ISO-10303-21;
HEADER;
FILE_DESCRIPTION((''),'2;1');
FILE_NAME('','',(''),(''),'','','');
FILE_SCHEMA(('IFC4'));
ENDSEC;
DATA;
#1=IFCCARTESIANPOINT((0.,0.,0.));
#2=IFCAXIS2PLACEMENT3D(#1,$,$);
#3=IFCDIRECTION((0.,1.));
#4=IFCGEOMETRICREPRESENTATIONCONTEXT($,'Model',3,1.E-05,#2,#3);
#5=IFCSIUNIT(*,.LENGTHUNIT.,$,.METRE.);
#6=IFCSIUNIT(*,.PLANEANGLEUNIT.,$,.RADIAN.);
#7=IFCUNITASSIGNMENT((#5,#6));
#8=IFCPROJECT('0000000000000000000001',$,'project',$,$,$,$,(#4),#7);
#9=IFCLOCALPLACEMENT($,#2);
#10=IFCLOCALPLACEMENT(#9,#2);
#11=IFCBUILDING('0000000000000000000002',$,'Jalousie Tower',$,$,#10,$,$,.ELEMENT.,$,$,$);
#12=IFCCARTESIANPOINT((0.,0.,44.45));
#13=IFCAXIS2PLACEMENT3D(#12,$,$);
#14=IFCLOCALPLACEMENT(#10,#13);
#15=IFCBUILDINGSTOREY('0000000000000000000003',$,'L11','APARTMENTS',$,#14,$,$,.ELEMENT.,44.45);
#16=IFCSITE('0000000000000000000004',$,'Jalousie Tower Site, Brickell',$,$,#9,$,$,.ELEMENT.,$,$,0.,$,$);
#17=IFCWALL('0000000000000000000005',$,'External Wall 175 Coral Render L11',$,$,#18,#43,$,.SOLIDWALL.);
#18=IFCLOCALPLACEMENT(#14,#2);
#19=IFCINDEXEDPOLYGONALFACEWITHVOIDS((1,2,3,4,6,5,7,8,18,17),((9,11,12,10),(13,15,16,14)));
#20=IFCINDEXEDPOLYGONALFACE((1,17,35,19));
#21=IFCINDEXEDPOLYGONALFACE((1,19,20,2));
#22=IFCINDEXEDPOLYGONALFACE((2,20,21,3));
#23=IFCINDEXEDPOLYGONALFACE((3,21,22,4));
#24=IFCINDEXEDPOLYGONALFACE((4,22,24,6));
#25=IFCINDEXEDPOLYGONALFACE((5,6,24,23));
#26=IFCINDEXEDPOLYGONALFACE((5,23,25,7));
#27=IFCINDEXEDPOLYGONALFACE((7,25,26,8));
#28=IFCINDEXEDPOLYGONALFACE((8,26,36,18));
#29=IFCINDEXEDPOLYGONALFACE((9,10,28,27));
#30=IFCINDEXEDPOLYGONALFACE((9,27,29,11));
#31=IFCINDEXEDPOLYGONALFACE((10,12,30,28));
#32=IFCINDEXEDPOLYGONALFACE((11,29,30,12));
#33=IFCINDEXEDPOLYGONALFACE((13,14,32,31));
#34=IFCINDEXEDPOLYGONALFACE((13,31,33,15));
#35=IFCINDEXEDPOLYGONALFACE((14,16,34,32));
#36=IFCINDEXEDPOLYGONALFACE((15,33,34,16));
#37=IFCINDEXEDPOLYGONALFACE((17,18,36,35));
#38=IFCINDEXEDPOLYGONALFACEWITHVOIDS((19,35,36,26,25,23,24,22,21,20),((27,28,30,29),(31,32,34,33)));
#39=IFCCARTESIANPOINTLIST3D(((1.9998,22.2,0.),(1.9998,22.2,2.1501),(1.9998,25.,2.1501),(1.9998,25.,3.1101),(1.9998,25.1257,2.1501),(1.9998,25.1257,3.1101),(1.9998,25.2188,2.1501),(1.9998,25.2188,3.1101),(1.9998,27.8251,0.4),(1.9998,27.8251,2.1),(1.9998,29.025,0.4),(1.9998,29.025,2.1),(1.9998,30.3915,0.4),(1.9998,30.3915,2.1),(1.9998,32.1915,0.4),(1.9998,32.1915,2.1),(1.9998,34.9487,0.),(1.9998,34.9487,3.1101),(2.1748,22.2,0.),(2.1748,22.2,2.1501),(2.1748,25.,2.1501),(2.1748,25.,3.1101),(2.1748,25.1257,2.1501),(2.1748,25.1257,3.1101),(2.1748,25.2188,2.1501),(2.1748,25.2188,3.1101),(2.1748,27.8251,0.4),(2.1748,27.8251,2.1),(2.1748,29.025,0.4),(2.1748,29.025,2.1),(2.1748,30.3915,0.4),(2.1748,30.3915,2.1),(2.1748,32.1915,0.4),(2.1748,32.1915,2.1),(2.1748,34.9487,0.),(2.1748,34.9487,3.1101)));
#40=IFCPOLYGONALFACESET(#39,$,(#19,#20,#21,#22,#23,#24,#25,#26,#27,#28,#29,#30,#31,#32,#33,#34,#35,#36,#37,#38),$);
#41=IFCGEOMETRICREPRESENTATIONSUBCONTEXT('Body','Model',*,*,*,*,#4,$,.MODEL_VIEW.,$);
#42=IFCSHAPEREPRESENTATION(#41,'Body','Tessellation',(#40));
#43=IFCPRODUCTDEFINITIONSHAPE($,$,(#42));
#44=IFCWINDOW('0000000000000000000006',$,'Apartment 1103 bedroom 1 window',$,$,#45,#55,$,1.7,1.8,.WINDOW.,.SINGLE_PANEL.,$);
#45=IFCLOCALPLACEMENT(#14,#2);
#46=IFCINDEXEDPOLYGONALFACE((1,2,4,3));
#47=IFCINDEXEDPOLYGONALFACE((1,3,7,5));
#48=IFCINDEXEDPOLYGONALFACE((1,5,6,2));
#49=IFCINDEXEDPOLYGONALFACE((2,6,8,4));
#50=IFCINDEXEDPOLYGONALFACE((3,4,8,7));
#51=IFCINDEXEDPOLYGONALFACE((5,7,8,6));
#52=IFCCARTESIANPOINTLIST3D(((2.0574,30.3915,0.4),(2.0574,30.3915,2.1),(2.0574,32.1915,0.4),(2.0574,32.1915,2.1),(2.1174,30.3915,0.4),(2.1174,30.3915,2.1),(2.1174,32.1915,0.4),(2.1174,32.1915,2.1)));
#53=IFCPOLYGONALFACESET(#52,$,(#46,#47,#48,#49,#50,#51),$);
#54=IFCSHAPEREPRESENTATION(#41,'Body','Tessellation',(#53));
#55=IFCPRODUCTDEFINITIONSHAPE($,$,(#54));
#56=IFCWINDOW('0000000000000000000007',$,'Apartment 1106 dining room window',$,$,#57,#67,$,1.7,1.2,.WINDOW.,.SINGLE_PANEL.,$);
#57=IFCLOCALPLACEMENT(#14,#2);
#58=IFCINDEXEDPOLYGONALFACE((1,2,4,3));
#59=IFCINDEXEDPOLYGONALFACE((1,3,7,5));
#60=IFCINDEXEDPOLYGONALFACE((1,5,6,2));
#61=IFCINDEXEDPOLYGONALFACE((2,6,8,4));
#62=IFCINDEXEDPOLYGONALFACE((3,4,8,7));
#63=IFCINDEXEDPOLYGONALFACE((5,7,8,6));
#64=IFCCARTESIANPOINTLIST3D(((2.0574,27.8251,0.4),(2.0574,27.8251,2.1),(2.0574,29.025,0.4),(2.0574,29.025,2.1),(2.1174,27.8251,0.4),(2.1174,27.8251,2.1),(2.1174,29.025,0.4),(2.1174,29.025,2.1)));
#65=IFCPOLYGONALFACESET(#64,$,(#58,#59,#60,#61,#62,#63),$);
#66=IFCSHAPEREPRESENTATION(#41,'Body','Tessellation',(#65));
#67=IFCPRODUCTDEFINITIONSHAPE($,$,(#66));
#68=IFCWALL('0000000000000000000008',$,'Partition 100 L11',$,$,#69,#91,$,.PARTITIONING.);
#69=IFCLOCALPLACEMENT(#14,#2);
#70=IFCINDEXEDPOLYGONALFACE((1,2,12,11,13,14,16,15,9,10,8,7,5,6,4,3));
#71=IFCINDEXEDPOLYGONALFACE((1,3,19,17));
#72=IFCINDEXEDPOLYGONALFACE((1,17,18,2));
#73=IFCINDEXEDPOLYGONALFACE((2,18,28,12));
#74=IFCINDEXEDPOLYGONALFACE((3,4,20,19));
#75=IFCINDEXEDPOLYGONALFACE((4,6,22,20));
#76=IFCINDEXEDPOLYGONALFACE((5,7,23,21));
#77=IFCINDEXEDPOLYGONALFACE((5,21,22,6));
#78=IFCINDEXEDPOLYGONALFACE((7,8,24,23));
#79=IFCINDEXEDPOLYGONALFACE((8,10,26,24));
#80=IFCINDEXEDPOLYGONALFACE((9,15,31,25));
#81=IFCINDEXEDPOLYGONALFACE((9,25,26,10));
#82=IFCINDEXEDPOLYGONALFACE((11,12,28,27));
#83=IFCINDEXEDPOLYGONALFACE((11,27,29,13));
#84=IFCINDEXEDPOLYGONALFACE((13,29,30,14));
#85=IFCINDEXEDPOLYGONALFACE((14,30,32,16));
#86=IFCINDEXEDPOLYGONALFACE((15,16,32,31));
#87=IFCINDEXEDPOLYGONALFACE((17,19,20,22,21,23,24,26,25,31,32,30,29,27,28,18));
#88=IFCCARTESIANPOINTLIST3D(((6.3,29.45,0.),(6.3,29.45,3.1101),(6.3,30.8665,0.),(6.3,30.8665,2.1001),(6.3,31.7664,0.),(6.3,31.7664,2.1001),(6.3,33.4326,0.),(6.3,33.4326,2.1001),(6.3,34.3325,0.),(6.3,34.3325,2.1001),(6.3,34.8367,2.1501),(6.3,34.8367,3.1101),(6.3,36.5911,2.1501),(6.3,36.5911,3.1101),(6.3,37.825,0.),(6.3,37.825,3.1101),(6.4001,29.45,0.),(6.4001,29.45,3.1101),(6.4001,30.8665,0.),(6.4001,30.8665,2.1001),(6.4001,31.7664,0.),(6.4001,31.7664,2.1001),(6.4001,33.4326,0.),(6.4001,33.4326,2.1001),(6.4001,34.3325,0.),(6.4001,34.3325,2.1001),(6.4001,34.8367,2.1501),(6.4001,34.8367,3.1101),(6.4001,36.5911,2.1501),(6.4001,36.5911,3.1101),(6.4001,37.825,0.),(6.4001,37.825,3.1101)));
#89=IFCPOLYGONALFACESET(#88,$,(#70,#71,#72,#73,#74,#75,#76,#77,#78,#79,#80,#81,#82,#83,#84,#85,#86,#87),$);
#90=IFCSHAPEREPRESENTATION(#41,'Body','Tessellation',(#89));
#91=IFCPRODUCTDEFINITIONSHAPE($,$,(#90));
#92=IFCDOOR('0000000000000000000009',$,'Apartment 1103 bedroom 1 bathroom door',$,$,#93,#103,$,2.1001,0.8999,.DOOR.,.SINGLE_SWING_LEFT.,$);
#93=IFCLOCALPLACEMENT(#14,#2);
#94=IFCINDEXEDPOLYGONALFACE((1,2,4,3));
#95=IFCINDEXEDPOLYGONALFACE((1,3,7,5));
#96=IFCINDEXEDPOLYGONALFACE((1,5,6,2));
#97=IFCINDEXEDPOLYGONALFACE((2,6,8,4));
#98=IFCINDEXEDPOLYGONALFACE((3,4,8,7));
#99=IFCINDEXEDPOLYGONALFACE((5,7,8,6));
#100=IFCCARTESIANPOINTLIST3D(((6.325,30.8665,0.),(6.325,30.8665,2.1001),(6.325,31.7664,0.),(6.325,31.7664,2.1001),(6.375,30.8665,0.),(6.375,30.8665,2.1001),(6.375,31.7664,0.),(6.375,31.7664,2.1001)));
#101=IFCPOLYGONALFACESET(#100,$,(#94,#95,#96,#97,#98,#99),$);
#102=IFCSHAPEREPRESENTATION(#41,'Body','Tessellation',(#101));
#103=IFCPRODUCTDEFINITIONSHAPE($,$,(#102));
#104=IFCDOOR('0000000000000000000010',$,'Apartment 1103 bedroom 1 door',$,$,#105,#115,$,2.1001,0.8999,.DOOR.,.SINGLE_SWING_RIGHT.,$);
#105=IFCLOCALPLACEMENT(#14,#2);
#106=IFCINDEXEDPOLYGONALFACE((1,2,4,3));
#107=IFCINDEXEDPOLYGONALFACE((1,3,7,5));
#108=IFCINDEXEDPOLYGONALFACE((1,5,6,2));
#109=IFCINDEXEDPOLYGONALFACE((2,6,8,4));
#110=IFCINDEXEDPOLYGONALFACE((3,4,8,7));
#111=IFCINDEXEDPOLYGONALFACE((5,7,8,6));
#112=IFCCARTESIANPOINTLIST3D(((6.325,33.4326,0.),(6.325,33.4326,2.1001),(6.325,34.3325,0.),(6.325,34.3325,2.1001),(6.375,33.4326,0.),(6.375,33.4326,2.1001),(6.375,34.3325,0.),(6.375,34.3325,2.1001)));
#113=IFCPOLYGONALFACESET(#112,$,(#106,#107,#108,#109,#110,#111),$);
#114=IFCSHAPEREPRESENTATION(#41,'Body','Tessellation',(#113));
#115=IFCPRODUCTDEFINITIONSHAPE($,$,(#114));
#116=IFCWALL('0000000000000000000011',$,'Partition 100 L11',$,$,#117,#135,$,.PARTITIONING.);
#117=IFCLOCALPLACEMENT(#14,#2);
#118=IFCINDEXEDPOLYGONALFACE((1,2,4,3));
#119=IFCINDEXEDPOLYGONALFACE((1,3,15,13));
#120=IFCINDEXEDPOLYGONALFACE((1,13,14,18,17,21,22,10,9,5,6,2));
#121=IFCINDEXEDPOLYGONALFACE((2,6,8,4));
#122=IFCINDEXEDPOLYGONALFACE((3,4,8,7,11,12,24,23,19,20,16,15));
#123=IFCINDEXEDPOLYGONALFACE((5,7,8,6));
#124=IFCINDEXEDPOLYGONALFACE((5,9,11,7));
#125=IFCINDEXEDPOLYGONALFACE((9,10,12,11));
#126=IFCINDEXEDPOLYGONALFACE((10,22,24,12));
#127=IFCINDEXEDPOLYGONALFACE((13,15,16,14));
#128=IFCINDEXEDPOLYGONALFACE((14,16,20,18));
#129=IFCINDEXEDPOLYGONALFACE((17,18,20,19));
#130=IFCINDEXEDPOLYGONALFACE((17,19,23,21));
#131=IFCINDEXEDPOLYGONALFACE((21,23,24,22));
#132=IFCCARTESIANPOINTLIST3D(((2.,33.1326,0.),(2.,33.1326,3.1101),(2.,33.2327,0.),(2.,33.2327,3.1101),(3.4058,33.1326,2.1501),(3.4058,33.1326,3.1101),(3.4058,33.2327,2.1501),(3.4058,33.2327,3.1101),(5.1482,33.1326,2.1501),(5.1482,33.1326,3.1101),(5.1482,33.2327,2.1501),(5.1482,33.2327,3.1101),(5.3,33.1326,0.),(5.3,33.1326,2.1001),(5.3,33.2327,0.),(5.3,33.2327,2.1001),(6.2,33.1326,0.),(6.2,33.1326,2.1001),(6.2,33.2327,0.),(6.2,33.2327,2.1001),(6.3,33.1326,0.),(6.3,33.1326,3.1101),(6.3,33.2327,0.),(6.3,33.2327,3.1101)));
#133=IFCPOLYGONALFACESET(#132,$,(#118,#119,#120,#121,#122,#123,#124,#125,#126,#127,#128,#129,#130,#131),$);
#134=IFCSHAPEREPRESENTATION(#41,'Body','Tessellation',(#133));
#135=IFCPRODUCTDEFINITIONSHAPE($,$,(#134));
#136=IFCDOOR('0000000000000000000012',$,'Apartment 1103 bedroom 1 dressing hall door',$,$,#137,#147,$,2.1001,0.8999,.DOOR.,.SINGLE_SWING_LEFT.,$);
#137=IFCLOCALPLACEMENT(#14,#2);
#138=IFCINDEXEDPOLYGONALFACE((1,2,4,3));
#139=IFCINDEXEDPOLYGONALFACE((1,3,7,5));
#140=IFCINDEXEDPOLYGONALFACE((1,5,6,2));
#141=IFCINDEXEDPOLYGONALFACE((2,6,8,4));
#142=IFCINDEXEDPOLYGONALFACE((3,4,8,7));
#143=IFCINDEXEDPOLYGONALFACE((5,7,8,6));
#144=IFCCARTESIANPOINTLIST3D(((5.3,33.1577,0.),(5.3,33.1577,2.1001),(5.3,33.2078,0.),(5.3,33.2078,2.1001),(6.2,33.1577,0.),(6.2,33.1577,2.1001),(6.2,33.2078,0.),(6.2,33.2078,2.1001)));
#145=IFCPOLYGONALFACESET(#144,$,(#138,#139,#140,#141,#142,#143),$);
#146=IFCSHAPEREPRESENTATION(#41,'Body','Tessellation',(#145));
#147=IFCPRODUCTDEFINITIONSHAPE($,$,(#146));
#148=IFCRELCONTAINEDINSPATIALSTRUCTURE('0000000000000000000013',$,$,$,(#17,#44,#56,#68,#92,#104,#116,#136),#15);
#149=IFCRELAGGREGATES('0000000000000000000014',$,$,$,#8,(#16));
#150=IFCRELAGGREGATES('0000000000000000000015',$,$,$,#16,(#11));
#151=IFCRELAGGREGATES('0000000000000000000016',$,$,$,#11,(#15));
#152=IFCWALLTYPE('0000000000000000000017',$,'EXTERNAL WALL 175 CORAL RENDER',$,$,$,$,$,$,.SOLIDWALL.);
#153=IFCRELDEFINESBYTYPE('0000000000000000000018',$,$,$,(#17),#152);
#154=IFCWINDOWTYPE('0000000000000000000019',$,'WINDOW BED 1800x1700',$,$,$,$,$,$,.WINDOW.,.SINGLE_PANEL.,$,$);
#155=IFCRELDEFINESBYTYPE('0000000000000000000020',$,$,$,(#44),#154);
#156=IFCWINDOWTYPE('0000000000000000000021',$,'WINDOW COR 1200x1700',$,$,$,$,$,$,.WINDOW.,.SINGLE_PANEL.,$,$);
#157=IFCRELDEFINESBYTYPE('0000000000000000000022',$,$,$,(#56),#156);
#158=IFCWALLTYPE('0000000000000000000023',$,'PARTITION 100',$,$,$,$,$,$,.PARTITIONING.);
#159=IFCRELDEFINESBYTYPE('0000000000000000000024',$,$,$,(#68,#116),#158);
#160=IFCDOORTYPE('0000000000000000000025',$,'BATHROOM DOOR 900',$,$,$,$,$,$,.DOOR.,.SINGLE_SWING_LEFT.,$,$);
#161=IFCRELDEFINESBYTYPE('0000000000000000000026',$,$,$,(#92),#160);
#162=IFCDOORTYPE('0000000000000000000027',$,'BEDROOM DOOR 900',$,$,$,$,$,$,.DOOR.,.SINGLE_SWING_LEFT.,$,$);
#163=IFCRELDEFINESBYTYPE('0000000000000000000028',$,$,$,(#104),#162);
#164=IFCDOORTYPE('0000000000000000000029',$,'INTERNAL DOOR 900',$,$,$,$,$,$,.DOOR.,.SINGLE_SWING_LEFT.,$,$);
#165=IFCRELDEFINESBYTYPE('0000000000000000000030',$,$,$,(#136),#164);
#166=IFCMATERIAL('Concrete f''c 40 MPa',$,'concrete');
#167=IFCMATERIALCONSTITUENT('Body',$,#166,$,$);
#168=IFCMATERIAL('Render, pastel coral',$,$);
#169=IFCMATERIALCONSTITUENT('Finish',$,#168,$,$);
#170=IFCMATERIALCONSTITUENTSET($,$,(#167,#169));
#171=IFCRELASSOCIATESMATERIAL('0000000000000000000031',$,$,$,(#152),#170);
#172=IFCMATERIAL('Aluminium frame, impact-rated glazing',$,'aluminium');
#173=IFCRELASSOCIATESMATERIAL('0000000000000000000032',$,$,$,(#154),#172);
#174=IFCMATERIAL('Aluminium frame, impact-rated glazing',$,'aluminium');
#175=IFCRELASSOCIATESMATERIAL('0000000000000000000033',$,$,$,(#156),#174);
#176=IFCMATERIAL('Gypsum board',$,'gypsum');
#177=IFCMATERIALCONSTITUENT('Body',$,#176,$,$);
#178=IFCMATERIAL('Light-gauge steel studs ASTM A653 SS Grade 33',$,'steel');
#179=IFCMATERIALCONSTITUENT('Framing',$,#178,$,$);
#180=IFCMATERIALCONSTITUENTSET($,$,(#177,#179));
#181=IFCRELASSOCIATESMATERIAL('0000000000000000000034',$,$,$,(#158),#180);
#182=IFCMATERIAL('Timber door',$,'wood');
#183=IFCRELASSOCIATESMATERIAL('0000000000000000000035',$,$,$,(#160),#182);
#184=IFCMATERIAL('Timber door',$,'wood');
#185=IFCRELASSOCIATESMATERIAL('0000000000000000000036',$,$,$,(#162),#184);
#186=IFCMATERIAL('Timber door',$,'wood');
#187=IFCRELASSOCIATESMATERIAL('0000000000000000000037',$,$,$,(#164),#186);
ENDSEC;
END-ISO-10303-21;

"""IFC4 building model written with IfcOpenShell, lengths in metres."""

from ifc_helpers import new_model, si_unit, direction, frame, frame_2d, origin, place, context, subcontext, project, spatial, polyline, rectangle, outline, extrude, material, constituent, constituent_set, type_object, element, fill, save


model = new_model("IFC4")

# Units and contexts
model_context = context("Model", 3, precision=1e-05, world=origin(), true_north=direction((0.0, 1.0)))
body_context = subcontext(model_context, "Body", "Model", "MODEL_VIEW")
ifc_project = project(units=[si_unit("LENGTHUNIT", "METRE"), si_unit("PLANEANGLEUNIT", "RADIAN")], contexts=[model_context])

# Site, building, storey
site_placement = place(None, origin())
site = spatial("IfcSite", under=ifc_project, at=site_placement, Name="Jalousie Tower Site, Brickell", CompositionType="ELEMENT", RefElevation=0.0)
building_placement = place(site_placement, origin())
building = spatial("IfcBuilding", under=site, at=building_placement, Name="Jalousie Tower", CompositionType="ELEMENT")
storey_placement = place(building_placement, frame((0.0, 0.0, 44.45)))
storey = spatial("IfcBuildingStorey", under=building, at=storey_placement, Name="L11", Description="APARTMENTS", CompositionType="ELEMENT", Elevation=44.45)

# Wall, openings, windows
ifc_material_1 = material(Name="Concrete f'c 40 MPa", Category="concrete")
ifc_constituent_1 = constituent(ifc_material_1, Name="Body")
ifc_material_2 = material(Name="Render, pastel coral")
ifc_constituent_2 = constituent(ifc_material_2, Name="Finish")
ifc_constituent_set_1 = constituent_set(constituents=[ifc_constituent_1, ifc_constituent_2])
wall_type_1 = type_object("IfcWallType", Name="EXTERNAL WALL 175 CORAL RENDER", PredefinedType="SOLIDWALL", material=ifc_constituent_set_1)
wall_1_placement = place(storey_placement, frame((2.0874, 34.9487, 0.0), z_axis=(0.0, 0.0, 1.0), x_axis=(0.0, -1.0, 0.0)))
wall_1 = element("IfcWall", 1, at=wall_1_placement, inside=storey, type_object=wall_type_1, Name="External Wall 175 Coral Render L11", PredefinedType="SOLIDWALL", context=body_context, shape_type="SweptSolid", body=[
    extrude(outline(polyline([(0.0, 0.0), (12.7488, 0.0), (12.7488, 2.1501), (9.9487, 2.1501), (9.9487, 3.1101), (9.823, 3.1101), (9.823, 2.1501), (9.73, 2.1501), (9.73, 3.1101), (0.0, 3.1101), (0.0, 0.0)])), frame((0.0, 0.0874, 0.0), z_axis=(0.0, -1.0, 0.0), x_axis=(1.0, 0.0, 0.0)), (0.0, 0.0, 1.0), 0.175),
])
opening_1_placement = place(wall_1_placement, frame((2.7573, 0.0, 0.3999)))
opening_1 = element("IfcOpeningElement", 2, at=opening_1_placement, cuts=wall_1, PredefinedType="OPENING", context=body_context, shape_type="SweptSolid", body=[
    extrude(rectangle(XDim=1.8, YDim=1.7, at=frame_2d((0.8999, 0.8501))), frame((0.0, 0.0974, 0.0), z_axis=(0.0, -1.0, 0.0), x_axis=(1.0, 0.0, 0.0)), (0.0, 0.0, 1.0), 0.1951),
])
opening_2_placement = place(wall_1_placement, frame((5.9236, 0.0, 0.3999)))
opening_2 = element("IfcOpeningElement", 3, at=opening_2_placement, cuts=wall_1, PredefinedType="OPENING", context=body_context, shape_type="SweptSolid", body=[
    extrude(rectangle(XDim=1.2, YDim=1.7, at=frame_2d((0.6001, 0.8501))), frame((0.0, 0.0974, 0.0), z_axis=(0.0, -1.0, 0.0), x_axis=(1.0, 0.0, 0.0)), (0.0, 0.0, 1.0), 0.1951),
])
ifc_material_3 = material(Name="Aluminium frame, impact-rated glazing", Category="aluminium")
window_type_1 = type_object("IfcWindowType", Name="WINDOW BED 1800x1700", PartitioningType="SINGLE_PANEL", PredefinedType="WINDOW", material=ifc_material_3)
window_1_placement = place(opening_1_placement, origin())
window_1 = element("IfcWindow", 4, at=window_1_placement, inside=storey, type_object=window_type_1, Name="Apartment 1103 bedroom 1 window", OverallHeight=1.7, OverallWidth=1.8, PartitioningType="SINGLE_PANEL", PredefinedType="WINDOW", context=body_context, shape_type="SweptSolid", body=[
    extrude(rectangle(XDim=1.8, YDim=1.7, at=frame_2d((0.8999, 0.8501))), frame((0.0, 0.03, 0.0), z_axis=(0.0, -1.0, 0.0), x_axis=(1.0, 0.0, 0.0)), (0.0, 0.0, 1.0), 0.0601),
])
fill(opening_1, window_1)
ifc_material_4 = material(Name="Aluminium frame, impact-rated glazing", Category="aluminium")
window_type_2 = type_object("IfcWindowType", Name="WINDOW COR 1200x1700", PartitioningType="SINGLE_PANEL", PredefinedType="WINDOW", material=ifc_material_4)
window_2_placement = place(opening_2_placement, origin())
window_2 = element("IfcWindow", 5, at=window_2_placement, inside=storey, type_object=window_type_2, Name="Apartment 1106 dining room window", OverallHeight=1.7, OverallWidth=1.2, PartitioningType="SINGLE_PANEL", PredefinedType="WINDOW", context=body_context, shape_type="SweptSolid", body=[
    extrude(rectangle(XDim=1.2, YDim=1.7, at=frame_2d((0.6001, 0.8501))), frame((0.0, 0.03, 0.0), z_axis=(0.0, -1.0, 0.0), x_axis=(1.0, 0.0, 0.0)), (0.0, 0.0, 1.0), 0.0601),
])
fill(opening_2, window_2)

# Wall, openings, doors
ifc_material_5 = material(Name="Gypsum board", Category="gypsum")
ifc_constituent_3 = constituent(ifc_material_5, Name="Body")
ifc_material_6 = material(Name="Light-gauge steel studs ASTM A653 SS Grade 33", Category="steel")
ifc_constituent_4 = constituent(ifc_material_6, Name="Framing")
ifc_constituent_set_2 = constituent_set(constituents=[ifc_constituent_3, ifc_constituent_4])
wall_type_2 = type_object("IfcWallType", Name="PARTITION 100", PredefinedType="PARTITIONING", material=ifc_constituent_set_2)
wall_2_placement = place(storey_placement, frame((6.3501, 37.825, 0.0), z_axis=(0.0, 0.0, 1.0), x_axis=(0.0, -1.0, 0.0)))
wall_2 = element("IfcWall", 6, at=wall_2_placement, inside=storey, type_object=wall_type_2, Name="Partition 100 L11", PredefinedType="PARTITIONING", context=body_context, shape_type="SweptSolid", body=[
    extrude(outline(polyline([(0.0, 0.0), (8.375, 0.0), (8.375, 3.1101), (2.9883, 3.1101), (2.9883, 2.1501), (1.2339, 2.1501), (1.2339, 3.1101), (0.0, 3.1101), (0.0, 0.0)])), frame((0.0, 0.05, 0.0), z_axis=(0.0, -1.0, 0.0), x_axis=(1.0, 0.0, 0.0)), (0.0, 0.0, 1.0), 0.1001),
])
opening_3_placement = place(wall_2_placement, frame((3.4924, 0.0, 0.0)))
opening_3 = element("IfcOpeningElement", 7, at=opening_3_placement, cuts=wall_2, PredefinedType="OPENING", context=body_context, shape_type="SweptSolid", body=[
    extrude(rectangle(XDim=0.8999, YDim=2.1001, at=frame_2d((0.45, 1.05))), frame((0.0, 0.0601, 0.0), z_axis=(0.0, -1.0, 0.0), x_axis=(1.0, 0.0, 0.0)), (0.0, 0.0, 1.0), 0.1201),
])
opening_4_placement = place(wall_2_placement, frame((6.0586, 0.0, 0.0)))
opening_4 = element("IfcOpeningElement", 8, at=opening_4_placement, cuts=wall_2, PredefinedType="OPENING", context=body_context, shape_type="SweptSolid", body=[
    extrude(rectangle(XDim=0.8999, YDim=2.1001, at=frame_2d((0.45, 1.05))), frame((0.0, 0.0601, 0.0), z_axis=(0.0, -1.0, 0.0), x_axis=(1.0, 0.0, 0.0)), (0.0, 0.0, 1.0), 0.1201),
])
ifc_material_7 = material(Name="Timber door", Category="wood")
door_type_1 = type_object("IfcDoorType", Name="BATHROOM DOOR 900", OperationType="SINGLE_SWING_LEFT", PredefinedType="DOOR", material=ifc_material_7)
door_1_placement = place(opening_4_placement, origin())
door_1 = element("IfcDoor", 9, at=door_1_placement, inside=storey, type_object=door_type_1, Name="Apartment 1103 bedroom 1 bathroom door", OperationType="SINGLE_SWING_LEFT", OverallHeight=2.1001, OverallWidth=0.8999, PredefinedType="DOOR", context=body_context, shape_type="SweptSolid", body=[
    extrude(rectangle(XDim=0.8999, YDim=2.1001, at=frame_2d((0.45, 1.05))), frame((0.0, 0.0249, 0.0), z_axis=(0.0, -1.0, 0.0), x_axis=(1.0, 0.0, 0.0)), (0.0, 0.0, 1.0), 0.05),
])
fill(opening_4, door_1)
ifc_material_8 = material(Name="Timber door", Category="wood")
door_type_2 = type_object("IfcDoorType", Name="BEDROOM DOOR 900", OperationType="SINGLE_SWING_LEFT", PredefinedType="DOOR", material=ifc_material_8)
door_2_placement = place(opening_3_placement, origin())
door_2 = element("IfcDoor", 10, at=door_2_placement, inside=storey, type_object=door_type_2, Name="Apartment 1103 bedroom 1 door", OperationType="SINGLE_SWING_RIGHT", OverallHeight=2.1001, OverallWidth=0.8999, PredefinedType="DOOR", context=body_context, shape_type="SweptSolid", body=[
    extrude(rectangle(XDim=0.8999, YDim=2.1001, at=frame_2d((0.45, 1.05))), frame((0.0, 0.0249, 0.0), z_axis=(0.0, -1.0, 0.0), x_axis=(1.0, 0.0, 0.0)), (0.0, 0.0, 1.0), 0.05),
])
fill(opening_3, door_2)

# Wall, opening, door
wall_3_placement = place(storey_placement, frame((2.0, 33.1826, 0.0), z_axis=(0.0, 0.0, 1.0), x_axis=(1.0, 0.0, 0.0)))
wall_3 = element("IfcWall", 11, at=wall_3_placement, inside=storey, type_object=wall_type_2, Name="Partition 100 L11", PredefinedType="PARTITIONING", context=body_context, shape_type="SweptSolid", body=[
    extrude(outline(polyline([(0.0, 0.0), (4.3, 0.0), (4.3, 3.1101), (3.1482, 3.1101), (3.1482, 2.1501), (1.4058, 2.1501), (1.4058, 3.1101), (0.0, 3.1101), (0.0, 0.0)])), frame((0.0, 0.05, 0.0), z_axis=(0.0, -1.0, 0.0), x_axis=(1.0, 0.0, 0.0)), (0.0, 0.0, 1.0), 0.1001),
])
opening_5_placement = place(wall_3_placement, frame((3.3, 0.0, 0.0)))
opening_5 = element("IfcOpeningElement", 12, at=opening_5_placement, cuts=wall_3, PredefinedType="OPENING", context=body_context, shape_type="SweptSolid", body=[
    extrude(rectangle(XDim=0.8999, YDim=2.1001, at=frame_2d((0.45, 1.05))), frame((0.0, 0.0601, 0.0), z_axis=(0.0, -1.0, 0.0), x_axis=(1.0, 0.0, 0.0)), (0.0, 0.0, 1.0), 0.1201),
])
ifc_material_9 = material(Name="Timber door", Category="wood")
door_type_3 = type_object("IfcDoorType", Name="INTERNAL DOOR 900", OperationType="SINGLE_SWING_LEFT", PredefinedType="DOOR", material=ifc_material_9)
door_3_placement = place(opening_5_placement, frame((0.8999, 0.0, 0.0), z_axis=(0.0, 0.0, 1.0), x_axis=(-1.0, 0.0, 0.0)))
door_3 = element("IfcDoor", 13, at=door_3_placement, inside=storey, type_object=door_type_3, Name="Apartment 1103 bedroom 1 dressing hall door", OperationType="SINGLE_SWING_LEFT", OverallHeight=2.1001, OverallWidth=0.8999, PredefinedType="DOOR", context=body_context, shape_type="SweptSolid", body=[
    extrude(rectangle(XDim=0.8999, YDim=2.1001, at=frame_2d((0.45, 1.05))), frame((0.0, 0.0249, 0.0), z_axis=(0.0, -1.0, 0.0), x_axis=(1.0, 0.0, 0.0)), (0.0, 0.0, 1.0), 0.05),
])
fill(opening_5, door_3)

save(model, "model.ifc")
